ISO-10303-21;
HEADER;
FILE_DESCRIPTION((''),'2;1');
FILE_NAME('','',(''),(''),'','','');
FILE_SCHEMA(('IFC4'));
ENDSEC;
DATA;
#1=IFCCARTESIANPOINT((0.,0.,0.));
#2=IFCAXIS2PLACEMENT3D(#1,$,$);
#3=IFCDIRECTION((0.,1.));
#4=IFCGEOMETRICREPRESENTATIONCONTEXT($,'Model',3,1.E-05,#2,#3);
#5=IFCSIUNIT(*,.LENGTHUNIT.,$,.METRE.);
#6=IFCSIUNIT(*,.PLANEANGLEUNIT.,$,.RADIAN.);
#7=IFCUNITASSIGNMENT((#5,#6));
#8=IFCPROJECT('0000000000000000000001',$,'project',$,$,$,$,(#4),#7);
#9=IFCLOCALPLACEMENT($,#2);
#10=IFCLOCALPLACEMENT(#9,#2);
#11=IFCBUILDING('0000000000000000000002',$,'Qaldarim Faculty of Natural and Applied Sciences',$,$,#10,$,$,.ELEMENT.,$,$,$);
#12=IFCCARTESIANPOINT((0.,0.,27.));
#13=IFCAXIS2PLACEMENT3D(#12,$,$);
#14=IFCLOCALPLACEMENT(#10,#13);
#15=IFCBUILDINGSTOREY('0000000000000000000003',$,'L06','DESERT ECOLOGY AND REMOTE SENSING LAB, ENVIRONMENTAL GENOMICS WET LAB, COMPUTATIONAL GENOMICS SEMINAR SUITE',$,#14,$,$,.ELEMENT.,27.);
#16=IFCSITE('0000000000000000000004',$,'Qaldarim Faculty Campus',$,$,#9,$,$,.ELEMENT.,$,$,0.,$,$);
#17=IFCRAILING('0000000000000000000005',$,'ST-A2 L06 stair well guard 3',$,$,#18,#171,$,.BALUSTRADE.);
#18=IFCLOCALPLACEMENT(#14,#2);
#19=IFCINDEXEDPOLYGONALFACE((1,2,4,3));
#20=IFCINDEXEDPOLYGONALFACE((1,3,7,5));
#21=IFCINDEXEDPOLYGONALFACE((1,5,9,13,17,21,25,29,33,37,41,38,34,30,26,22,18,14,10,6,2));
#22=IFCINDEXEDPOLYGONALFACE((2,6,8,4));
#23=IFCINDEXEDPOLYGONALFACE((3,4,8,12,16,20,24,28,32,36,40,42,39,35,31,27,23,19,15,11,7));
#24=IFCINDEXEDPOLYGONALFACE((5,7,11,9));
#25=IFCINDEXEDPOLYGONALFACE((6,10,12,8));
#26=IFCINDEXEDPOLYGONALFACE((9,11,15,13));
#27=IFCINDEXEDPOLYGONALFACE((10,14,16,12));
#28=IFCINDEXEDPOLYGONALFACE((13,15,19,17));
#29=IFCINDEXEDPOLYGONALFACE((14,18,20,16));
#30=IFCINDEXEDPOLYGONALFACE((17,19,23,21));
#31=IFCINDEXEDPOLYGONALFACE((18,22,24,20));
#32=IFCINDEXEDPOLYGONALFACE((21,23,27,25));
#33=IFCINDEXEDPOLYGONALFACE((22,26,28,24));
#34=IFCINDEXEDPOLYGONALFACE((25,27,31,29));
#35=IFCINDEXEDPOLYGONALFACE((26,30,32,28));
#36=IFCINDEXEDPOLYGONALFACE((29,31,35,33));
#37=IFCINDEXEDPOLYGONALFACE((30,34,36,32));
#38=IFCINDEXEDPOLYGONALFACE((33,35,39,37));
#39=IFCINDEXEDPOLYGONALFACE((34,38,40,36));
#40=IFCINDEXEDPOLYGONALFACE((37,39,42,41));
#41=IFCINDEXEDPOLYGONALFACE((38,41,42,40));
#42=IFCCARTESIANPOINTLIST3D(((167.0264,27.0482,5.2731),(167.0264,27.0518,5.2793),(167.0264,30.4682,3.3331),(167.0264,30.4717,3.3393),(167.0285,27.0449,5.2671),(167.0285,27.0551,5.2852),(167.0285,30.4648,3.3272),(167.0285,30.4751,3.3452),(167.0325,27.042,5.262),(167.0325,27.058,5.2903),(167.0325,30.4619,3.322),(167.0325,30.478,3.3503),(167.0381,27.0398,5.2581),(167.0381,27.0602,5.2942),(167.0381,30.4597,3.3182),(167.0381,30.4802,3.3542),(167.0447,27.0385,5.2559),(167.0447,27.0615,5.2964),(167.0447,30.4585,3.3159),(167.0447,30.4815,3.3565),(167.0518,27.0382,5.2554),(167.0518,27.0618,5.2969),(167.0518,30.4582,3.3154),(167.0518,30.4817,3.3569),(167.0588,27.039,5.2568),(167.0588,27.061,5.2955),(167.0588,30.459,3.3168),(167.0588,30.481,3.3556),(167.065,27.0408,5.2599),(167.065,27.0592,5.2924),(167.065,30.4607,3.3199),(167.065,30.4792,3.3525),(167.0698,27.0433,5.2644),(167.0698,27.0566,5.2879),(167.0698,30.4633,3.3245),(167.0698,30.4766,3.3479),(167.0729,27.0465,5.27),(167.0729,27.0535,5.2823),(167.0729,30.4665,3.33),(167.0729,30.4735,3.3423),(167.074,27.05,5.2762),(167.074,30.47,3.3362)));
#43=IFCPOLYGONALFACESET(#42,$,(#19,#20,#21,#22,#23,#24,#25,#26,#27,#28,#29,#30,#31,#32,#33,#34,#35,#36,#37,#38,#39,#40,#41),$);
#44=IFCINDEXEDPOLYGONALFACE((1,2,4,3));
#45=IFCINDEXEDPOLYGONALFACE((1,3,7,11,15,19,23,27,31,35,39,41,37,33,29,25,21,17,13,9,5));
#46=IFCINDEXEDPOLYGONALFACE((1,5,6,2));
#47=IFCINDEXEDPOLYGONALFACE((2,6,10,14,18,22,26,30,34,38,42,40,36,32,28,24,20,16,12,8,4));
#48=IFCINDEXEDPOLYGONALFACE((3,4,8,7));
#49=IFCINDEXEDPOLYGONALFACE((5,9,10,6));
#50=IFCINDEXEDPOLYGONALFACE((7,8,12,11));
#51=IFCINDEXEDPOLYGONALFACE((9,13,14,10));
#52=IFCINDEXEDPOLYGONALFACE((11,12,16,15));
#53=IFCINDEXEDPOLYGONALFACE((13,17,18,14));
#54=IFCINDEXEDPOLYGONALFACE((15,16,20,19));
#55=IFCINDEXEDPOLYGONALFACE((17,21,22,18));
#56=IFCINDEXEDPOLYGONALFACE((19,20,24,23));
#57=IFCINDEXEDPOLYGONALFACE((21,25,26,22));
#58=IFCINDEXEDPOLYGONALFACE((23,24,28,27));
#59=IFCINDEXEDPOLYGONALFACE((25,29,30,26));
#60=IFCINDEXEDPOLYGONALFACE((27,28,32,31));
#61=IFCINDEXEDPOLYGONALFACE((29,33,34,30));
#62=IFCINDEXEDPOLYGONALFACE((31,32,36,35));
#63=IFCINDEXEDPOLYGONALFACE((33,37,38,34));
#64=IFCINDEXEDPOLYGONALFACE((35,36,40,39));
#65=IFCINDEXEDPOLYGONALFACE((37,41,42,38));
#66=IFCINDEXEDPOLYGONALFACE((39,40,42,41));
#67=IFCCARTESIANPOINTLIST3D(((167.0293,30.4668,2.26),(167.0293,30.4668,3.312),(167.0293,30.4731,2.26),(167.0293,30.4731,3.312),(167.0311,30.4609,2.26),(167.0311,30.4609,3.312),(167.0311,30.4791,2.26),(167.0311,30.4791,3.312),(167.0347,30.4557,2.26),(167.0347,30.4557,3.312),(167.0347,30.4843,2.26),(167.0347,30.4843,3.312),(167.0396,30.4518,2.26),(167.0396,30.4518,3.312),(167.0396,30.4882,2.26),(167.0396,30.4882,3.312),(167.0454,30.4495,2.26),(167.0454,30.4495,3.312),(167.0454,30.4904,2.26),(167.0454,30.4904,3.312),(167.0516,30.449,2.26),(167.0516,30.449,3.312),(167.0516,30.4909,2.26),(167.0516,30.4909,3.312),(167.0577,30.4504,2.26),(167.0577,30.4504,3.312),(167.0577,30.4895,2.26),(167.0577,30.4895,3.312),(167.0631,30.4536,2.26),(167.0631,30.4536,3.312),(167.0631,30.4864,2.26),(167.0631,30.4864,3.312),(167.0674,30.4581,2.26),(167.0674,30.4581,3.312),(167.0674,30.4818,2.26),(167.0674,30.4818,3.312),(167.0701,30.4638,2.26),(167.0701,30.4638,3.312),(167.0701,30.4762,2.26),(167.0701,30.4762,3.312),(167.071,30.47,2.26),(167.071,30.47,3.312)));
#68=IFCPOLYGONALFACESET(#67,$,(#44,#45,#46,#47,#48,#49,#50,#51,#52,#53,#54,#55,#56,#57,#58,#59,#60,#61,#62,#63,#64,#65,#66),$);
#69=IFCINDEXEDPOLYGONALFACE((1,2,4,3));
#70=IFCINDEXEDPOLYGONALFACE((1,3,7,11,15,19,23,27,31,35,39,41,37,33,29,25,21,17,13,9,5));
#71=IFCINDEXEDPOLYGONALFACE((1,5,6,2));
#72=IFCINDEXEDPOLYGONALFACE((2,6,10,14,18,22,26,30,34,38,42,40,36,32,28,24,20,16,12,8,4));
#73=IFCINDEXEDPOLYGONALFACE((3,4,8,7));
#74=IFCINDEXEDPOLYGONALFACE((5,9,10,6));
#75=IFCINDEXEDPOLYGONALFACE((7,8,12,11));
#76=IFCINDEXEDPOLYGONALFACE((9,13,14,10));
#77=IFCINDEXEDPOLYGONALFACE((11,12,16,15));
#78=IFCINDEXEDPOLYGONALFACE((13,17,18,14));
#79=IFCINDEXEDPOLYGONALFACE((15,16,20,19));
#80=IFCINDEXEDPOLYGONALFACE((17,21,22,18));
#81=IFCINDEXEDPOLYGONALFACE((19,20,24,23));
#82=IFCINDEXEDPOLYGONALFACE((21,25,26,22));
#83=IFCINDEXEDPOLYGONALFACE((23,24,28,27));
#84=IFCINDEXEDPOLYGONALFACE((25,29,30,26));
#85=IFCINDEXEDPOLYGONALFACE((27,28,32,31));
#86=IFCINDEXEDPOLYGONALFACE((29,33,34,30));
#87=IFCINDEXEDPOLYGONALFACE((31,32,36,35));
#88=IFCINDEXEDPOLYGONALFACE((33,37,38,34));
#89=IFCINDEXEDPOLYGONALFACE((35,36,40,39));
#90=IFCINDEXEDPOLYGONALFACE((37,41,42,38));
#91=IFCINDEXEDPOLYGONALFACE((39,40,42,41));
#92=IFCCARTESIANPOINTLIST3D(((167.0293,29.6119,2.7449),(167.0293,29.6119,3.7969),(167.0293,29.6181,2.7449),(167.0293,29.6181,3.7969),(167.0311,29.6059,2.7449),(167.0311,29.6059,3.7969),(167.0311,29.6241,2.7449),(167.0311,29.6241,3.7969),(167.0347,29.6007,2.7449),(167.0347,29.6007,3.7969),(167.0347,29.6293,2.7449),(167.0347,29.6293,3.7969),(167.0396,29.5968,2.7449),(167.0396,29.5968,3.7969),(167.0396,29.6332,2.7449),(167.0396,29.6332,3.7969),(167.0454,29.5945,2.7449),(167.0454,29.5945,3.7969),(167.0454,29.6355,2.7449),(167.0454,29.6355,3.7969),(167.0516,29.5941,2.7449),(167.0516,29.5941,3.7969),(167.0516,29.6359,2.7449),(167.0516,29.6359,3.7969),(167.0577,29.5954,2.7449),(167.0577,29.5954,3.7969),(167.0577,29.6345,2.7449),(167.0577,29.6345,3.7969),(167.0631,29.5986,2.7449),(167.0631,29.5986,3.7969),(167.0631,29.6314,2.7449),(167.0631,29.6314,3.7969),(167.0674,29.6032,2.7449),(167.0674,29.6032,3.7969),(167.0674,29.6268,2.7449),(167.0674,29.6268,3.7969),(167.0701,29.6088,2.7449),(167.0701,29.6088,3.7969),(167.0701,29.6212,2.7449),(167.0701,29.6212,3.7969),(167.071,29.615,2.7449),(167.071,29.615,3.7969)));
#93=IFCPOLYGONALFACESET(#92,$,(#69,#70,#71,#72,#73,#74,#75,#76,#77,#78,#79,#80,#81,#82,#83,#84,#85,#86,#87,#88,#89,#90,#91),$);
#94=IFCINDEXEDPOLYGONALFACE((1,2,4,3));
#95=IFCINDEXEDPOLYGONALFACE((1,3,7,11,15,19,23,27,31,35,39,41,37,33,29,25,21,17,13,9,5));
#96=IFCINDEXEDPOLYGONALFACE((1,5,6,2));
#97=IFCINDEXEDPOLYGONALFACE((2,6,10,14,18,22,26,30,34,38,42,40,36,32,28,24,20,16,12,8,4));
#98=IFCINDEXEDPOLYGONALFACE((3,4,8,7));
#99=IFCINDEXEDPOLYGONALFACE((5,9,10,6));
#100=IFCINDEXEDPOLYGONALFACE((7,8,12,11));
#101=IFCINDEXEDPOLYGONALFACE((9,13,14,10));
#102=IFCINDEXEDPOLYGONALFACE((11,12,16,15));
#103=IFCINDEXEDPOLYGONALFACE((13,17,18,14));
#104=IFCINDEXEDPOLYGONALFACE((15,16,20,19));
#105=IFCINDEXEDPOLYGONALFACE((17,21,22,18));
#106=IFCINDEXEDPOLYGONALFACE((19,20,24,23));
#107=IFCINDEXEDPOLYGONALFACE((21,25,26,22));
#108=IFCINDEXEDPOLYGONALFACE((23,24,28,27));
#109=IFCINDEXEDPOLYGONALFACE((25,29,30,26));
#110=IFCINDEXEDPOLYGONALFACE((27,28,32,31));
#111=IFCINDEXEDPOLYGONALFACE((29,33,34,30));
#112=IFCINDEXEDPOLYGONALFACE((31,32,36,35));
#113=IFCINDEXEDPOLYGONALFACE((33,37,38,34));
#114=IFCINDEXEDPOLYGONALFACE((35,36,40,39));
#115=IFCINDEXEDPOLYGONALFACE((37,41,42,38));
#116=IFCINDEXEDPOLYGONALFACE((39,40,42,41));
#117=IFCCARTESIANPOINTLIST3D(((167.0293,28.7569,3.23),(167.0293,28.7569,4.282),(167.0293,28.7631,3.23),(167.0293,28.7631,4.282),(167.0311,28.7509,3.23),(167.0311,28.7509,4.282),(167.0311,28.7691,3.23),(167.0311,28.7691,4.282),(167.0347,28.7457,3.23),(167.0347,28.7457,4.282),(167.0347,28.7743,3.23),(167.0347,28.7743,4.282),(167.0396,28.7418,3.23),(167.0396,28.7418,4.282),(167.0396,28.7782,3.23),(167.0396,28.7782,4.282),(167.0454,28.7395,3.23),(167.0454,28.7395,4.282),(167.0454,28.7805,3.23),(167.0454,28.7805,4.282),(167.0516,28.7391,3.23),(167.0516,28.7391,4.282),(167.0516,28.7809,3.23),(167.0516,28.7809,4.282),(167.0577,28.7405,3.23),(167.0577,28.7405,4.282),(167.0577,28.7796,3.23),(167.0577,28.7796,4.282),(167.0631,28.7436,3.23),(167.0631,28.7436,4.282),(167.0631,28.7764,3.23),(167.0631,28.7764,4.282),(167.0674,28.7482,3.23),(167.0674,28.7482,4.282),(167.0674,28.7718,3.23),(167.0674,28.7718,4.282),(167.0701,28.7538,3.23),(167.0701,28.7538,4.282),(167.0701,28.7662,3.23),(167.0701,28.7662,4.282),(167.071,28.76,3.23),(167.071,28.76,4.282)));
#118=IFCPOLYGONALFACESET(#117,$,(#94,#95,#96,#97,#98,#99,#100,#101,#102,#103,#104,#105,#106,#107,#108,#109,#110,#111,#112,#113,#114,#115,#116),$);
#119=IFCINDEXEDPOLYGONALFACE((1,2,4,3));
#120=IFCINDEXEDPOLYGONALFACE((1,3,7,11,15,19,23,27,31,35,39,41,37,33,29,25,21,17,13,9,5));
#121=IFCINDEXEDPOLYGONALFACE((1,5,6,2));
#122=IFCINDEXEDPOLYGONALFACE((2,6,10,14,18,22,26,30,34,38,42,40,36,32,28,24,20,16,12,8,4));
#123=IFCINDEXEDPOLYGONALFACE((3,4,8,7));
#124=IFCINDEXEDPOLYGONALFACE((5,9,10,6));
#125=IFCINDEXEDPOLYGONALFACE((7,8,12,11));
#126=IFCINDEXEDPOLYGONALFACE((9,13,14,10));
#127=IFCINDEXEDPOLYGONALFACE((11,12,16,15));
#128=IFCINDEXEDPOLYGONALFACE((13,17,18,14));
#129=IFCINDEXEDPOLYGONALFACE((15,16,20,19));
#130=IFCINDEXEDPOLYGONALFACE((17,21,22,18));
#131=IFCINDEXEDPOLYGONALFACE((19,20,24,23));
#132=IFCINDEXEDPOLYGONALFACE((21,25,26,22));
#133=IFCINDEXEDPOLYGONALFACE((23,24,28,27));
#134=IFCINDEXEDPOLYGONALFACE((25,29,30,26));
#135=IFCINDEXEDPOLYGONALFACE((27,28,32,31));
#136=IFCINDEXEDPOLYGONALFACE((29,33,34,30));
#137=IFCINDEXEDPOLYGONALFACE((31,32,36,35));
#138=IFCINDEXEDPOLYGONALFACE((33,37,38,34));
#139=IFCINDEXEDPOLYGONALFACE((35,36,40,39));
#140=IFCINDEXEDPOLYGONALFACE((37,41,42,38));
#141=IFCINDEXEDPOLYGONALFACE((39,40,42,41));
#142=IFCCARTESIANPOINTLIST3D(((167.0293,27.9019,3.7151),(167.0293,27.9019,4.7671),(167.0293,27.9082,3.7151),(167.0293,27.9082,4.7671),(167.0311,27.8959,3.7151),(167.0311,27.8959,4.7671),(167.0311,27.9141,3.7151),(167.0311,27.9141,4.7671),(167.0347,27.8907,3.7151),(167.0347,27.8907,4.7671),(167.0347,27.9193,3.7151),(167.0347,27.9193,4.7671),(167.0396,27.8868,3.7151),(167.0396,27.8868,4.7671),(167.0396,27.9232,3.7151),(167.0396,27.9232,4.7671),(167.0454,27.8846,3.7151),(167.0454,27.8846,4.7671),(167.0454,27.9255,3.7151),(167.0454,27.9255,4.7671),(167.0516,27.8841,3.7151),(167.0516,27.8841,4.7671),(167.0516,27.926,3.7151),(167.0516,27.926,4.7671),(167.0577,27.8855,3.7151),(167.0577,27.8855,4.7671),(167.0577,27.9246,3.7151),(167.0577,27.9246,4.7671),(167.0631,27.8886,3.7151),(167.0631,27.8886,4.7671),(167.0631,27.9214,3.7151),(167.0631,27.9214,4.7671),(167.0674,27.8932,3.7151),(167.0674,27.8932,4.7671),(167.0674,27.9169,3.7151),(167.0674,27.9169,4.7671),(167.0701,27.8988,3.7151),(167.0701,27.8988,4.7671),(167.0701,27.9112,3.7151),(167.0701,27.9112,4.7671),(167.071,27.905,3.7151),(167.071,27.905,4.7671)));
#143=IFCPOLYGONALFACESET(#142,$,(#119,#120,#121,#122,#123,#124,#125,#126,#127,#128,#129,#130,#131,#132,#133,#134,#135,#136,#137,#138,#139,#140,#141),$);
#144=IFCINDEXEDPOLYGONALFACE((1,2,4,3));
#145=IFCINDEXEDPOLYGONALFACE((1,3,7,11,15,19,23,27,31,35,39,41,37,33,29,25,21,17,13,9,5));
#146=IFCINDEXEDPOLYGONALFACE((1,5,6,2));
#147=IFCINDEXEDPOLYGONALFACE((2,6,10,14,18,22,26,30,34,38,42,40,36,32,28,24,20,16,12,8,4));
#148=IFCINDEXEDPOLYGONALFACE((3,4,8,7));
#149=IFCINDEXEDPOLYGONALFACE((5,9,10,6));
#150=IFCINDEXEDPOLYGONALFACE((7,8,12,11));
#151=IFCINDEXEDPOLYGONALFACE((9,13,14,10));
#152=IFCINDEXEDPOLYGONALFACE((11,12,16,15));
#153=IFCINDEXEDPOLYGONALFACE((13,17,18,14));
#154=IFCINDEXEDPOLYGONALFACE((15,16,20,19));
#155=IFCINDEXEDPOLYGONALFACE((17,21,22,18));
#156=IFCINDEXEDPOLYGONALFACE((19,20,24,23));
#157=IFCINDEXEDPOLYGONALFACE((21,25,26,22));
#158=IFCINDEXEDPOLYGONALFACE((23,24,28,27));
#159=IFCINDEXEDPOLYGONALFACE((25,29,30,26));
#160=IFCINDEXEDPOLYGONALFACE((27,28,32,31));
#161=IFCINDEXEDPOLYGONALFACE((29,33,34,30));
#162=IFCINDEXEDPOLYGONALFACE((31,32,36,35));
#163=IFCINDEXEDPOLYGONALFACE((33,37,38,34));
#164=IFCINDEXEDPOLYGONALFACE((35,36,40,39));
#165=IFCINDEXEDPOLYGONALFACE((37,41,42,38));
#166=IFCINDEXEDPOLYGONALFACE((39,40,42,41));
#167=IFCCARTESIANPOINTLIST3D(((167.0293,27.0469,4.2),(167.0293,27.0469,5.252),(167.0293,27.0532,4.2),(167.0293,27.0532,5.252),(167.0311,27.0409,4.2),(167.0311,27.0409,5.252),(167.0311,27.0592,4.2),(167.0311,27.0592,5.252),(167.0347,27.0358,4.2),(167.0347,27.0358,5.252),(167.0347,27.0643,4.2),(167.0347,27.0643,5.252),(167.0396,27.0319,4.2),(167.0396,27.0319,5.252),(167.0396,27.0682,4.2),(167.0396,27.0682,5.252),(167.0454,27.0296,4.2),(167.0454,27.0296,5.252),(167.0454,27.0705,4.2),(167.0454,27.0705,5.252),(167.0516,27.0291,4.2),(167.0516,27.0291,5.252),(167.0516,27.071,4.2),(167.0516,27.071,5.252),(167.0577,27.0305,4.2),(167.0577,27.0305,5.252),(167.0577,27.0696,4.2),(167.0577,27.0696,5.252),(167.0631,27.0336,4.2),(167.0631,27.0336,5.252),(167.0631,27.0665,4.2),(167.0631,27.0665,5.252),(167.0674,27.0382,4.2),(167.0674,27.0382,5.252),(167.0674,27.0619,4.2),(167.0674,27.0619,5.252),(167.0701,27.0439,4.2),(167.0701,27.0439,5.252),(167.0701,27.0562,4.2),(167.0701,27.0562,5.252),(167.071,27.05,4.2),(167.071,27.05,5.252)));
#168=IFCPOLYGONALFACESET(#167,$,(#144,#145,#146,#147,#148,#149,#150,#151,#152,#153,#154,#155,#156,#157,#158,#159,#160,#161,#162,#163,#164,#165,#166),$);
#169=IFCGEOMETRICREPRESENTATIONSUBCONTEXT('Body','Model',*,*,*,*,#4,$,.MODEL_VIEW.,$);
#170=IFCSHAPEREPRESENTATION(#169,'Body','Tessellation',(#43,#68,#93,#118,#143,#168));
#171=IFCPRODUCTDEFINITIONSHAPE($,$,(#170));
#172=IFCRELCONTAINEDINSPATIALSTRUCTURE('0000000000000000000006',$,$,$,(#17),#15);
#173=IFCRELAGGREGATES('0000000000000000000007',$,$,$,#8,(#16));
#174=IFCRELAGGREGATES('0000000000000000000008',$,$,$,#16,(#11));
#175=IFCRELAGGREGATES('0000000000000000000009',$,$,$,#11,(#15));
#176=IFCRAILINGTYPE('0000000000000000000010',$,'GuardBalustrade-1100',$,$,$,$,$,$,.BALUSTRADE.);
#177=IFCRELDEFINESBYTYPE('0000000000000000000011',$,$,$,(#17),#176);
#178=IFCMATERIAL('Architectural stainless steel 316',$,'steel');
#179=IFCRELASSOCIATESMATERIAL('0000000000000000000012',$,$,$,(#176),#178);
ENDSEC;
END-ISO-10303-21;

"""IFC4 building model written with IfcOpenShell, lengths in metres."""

from ifc_helpers import new_model, si_unit, direction, frame, origin, origin_2d, place, context, subcontext, project, spatial, circle, extrude, material, type_object, element, save


model = new_model("IFC4")

# Units and contexts
model_context = context("Model", 3, precision=1e-05, world=origin(), true_north=direction((0.0, 1.0)))
body_context = subcontext(model_context, "Body", "Model", "MODEL_VIEW")
ifc_project = project(units=[si_unit("LENGTHUNIT", "METRE"), si_unit("PLANEANGLEUNIT", "RADIAN")], contexts=[model_context])

# Site, building, storey
site_placement = place(None, origin())
site = spatial("IfcSite", under=ifc_project, at=site_placement, Name="Qaldarim Faculty Campus", CompositionType="ELEMENT", RefElevation=0.0)
building_placement = place(site_placement, origin())
building = spatial("IfcBuilding", under=site, at=building_placement, Name="Qaldarim Faculty of Natural and Applied Sciences", CompositionType="ELEMENT")
storey_placement = place(building_placement, frame((0.0, 0.0, 27.0)))
storey = spatial("IfcBuildingStorey", under=building, at=storey_placement, Name="L06", Description="DESERT ECOLOGY AND REMOTE SENSING LAB, ENVIRONMENTAL GENOMICS WET LAB, COMPUTATIONAL GENOMICS SEMINAR SUITE", CompositionType="ELEMENT", Elevation=27.0)

# Railing
ifc_material_1 = material(Name="Architectural stainless steel 316", Category="steel")
railing_type_1 = type_object("IfcRailingType", Name="GuardBalustrade-1100", PredefinedType="BALUSTRADE", material=ifc_material_1)
railing_1_placement = place(storey_placement, frame((167.05, 30.47, 2.26)))
element("IfcRailing", 1, at=railing_1_placement, inside=storey, type_object=railing_type_1, Name="ST-A2 L06 stair well guard 3", PredefinedType="BALUSTRADE", context=body_context, shape_type="SweptSolid", body=[
    extrude(circle(Radius=0.0239, at=origin_2d()), frame((0.0, 0.0, 1.0762), z_axis=(0.0, -0.869805, 0.493395), x_axis=(1.0, 0.0, 0.0)), (0.0, 0.0, 1.0), 3.9319),
    extrude(circle(Radius=0.021, at=origin_2d()), origin(), (0.0, 0.0, 1.0), 1.052),
    extrude(circle(Radius=0.021, at=origin_2d()), frame((0.0, -0.855, 0.4849)), (0.0, 0.0, 1.0), 1.052),
    extrude(circle(Radius=0.021, at=origin_2d()), frame((0.0, -1.71, 0.97)), (0.0, 0.0, 1.0), 1.052),
    extrude(circle(Radius=0.021, at=origin_2d()), frame((0.0, -2.5649, 1.4551)), (0.0, 0.0, 1.0), 1.052),
    extrude(circle(Radius=0.021, at=origin_2d()), frame((0.0, -3.4199, 1.9399)), (0.0, 0.0, 1.0), 1.052),
])

save(model, "model.ifc")
